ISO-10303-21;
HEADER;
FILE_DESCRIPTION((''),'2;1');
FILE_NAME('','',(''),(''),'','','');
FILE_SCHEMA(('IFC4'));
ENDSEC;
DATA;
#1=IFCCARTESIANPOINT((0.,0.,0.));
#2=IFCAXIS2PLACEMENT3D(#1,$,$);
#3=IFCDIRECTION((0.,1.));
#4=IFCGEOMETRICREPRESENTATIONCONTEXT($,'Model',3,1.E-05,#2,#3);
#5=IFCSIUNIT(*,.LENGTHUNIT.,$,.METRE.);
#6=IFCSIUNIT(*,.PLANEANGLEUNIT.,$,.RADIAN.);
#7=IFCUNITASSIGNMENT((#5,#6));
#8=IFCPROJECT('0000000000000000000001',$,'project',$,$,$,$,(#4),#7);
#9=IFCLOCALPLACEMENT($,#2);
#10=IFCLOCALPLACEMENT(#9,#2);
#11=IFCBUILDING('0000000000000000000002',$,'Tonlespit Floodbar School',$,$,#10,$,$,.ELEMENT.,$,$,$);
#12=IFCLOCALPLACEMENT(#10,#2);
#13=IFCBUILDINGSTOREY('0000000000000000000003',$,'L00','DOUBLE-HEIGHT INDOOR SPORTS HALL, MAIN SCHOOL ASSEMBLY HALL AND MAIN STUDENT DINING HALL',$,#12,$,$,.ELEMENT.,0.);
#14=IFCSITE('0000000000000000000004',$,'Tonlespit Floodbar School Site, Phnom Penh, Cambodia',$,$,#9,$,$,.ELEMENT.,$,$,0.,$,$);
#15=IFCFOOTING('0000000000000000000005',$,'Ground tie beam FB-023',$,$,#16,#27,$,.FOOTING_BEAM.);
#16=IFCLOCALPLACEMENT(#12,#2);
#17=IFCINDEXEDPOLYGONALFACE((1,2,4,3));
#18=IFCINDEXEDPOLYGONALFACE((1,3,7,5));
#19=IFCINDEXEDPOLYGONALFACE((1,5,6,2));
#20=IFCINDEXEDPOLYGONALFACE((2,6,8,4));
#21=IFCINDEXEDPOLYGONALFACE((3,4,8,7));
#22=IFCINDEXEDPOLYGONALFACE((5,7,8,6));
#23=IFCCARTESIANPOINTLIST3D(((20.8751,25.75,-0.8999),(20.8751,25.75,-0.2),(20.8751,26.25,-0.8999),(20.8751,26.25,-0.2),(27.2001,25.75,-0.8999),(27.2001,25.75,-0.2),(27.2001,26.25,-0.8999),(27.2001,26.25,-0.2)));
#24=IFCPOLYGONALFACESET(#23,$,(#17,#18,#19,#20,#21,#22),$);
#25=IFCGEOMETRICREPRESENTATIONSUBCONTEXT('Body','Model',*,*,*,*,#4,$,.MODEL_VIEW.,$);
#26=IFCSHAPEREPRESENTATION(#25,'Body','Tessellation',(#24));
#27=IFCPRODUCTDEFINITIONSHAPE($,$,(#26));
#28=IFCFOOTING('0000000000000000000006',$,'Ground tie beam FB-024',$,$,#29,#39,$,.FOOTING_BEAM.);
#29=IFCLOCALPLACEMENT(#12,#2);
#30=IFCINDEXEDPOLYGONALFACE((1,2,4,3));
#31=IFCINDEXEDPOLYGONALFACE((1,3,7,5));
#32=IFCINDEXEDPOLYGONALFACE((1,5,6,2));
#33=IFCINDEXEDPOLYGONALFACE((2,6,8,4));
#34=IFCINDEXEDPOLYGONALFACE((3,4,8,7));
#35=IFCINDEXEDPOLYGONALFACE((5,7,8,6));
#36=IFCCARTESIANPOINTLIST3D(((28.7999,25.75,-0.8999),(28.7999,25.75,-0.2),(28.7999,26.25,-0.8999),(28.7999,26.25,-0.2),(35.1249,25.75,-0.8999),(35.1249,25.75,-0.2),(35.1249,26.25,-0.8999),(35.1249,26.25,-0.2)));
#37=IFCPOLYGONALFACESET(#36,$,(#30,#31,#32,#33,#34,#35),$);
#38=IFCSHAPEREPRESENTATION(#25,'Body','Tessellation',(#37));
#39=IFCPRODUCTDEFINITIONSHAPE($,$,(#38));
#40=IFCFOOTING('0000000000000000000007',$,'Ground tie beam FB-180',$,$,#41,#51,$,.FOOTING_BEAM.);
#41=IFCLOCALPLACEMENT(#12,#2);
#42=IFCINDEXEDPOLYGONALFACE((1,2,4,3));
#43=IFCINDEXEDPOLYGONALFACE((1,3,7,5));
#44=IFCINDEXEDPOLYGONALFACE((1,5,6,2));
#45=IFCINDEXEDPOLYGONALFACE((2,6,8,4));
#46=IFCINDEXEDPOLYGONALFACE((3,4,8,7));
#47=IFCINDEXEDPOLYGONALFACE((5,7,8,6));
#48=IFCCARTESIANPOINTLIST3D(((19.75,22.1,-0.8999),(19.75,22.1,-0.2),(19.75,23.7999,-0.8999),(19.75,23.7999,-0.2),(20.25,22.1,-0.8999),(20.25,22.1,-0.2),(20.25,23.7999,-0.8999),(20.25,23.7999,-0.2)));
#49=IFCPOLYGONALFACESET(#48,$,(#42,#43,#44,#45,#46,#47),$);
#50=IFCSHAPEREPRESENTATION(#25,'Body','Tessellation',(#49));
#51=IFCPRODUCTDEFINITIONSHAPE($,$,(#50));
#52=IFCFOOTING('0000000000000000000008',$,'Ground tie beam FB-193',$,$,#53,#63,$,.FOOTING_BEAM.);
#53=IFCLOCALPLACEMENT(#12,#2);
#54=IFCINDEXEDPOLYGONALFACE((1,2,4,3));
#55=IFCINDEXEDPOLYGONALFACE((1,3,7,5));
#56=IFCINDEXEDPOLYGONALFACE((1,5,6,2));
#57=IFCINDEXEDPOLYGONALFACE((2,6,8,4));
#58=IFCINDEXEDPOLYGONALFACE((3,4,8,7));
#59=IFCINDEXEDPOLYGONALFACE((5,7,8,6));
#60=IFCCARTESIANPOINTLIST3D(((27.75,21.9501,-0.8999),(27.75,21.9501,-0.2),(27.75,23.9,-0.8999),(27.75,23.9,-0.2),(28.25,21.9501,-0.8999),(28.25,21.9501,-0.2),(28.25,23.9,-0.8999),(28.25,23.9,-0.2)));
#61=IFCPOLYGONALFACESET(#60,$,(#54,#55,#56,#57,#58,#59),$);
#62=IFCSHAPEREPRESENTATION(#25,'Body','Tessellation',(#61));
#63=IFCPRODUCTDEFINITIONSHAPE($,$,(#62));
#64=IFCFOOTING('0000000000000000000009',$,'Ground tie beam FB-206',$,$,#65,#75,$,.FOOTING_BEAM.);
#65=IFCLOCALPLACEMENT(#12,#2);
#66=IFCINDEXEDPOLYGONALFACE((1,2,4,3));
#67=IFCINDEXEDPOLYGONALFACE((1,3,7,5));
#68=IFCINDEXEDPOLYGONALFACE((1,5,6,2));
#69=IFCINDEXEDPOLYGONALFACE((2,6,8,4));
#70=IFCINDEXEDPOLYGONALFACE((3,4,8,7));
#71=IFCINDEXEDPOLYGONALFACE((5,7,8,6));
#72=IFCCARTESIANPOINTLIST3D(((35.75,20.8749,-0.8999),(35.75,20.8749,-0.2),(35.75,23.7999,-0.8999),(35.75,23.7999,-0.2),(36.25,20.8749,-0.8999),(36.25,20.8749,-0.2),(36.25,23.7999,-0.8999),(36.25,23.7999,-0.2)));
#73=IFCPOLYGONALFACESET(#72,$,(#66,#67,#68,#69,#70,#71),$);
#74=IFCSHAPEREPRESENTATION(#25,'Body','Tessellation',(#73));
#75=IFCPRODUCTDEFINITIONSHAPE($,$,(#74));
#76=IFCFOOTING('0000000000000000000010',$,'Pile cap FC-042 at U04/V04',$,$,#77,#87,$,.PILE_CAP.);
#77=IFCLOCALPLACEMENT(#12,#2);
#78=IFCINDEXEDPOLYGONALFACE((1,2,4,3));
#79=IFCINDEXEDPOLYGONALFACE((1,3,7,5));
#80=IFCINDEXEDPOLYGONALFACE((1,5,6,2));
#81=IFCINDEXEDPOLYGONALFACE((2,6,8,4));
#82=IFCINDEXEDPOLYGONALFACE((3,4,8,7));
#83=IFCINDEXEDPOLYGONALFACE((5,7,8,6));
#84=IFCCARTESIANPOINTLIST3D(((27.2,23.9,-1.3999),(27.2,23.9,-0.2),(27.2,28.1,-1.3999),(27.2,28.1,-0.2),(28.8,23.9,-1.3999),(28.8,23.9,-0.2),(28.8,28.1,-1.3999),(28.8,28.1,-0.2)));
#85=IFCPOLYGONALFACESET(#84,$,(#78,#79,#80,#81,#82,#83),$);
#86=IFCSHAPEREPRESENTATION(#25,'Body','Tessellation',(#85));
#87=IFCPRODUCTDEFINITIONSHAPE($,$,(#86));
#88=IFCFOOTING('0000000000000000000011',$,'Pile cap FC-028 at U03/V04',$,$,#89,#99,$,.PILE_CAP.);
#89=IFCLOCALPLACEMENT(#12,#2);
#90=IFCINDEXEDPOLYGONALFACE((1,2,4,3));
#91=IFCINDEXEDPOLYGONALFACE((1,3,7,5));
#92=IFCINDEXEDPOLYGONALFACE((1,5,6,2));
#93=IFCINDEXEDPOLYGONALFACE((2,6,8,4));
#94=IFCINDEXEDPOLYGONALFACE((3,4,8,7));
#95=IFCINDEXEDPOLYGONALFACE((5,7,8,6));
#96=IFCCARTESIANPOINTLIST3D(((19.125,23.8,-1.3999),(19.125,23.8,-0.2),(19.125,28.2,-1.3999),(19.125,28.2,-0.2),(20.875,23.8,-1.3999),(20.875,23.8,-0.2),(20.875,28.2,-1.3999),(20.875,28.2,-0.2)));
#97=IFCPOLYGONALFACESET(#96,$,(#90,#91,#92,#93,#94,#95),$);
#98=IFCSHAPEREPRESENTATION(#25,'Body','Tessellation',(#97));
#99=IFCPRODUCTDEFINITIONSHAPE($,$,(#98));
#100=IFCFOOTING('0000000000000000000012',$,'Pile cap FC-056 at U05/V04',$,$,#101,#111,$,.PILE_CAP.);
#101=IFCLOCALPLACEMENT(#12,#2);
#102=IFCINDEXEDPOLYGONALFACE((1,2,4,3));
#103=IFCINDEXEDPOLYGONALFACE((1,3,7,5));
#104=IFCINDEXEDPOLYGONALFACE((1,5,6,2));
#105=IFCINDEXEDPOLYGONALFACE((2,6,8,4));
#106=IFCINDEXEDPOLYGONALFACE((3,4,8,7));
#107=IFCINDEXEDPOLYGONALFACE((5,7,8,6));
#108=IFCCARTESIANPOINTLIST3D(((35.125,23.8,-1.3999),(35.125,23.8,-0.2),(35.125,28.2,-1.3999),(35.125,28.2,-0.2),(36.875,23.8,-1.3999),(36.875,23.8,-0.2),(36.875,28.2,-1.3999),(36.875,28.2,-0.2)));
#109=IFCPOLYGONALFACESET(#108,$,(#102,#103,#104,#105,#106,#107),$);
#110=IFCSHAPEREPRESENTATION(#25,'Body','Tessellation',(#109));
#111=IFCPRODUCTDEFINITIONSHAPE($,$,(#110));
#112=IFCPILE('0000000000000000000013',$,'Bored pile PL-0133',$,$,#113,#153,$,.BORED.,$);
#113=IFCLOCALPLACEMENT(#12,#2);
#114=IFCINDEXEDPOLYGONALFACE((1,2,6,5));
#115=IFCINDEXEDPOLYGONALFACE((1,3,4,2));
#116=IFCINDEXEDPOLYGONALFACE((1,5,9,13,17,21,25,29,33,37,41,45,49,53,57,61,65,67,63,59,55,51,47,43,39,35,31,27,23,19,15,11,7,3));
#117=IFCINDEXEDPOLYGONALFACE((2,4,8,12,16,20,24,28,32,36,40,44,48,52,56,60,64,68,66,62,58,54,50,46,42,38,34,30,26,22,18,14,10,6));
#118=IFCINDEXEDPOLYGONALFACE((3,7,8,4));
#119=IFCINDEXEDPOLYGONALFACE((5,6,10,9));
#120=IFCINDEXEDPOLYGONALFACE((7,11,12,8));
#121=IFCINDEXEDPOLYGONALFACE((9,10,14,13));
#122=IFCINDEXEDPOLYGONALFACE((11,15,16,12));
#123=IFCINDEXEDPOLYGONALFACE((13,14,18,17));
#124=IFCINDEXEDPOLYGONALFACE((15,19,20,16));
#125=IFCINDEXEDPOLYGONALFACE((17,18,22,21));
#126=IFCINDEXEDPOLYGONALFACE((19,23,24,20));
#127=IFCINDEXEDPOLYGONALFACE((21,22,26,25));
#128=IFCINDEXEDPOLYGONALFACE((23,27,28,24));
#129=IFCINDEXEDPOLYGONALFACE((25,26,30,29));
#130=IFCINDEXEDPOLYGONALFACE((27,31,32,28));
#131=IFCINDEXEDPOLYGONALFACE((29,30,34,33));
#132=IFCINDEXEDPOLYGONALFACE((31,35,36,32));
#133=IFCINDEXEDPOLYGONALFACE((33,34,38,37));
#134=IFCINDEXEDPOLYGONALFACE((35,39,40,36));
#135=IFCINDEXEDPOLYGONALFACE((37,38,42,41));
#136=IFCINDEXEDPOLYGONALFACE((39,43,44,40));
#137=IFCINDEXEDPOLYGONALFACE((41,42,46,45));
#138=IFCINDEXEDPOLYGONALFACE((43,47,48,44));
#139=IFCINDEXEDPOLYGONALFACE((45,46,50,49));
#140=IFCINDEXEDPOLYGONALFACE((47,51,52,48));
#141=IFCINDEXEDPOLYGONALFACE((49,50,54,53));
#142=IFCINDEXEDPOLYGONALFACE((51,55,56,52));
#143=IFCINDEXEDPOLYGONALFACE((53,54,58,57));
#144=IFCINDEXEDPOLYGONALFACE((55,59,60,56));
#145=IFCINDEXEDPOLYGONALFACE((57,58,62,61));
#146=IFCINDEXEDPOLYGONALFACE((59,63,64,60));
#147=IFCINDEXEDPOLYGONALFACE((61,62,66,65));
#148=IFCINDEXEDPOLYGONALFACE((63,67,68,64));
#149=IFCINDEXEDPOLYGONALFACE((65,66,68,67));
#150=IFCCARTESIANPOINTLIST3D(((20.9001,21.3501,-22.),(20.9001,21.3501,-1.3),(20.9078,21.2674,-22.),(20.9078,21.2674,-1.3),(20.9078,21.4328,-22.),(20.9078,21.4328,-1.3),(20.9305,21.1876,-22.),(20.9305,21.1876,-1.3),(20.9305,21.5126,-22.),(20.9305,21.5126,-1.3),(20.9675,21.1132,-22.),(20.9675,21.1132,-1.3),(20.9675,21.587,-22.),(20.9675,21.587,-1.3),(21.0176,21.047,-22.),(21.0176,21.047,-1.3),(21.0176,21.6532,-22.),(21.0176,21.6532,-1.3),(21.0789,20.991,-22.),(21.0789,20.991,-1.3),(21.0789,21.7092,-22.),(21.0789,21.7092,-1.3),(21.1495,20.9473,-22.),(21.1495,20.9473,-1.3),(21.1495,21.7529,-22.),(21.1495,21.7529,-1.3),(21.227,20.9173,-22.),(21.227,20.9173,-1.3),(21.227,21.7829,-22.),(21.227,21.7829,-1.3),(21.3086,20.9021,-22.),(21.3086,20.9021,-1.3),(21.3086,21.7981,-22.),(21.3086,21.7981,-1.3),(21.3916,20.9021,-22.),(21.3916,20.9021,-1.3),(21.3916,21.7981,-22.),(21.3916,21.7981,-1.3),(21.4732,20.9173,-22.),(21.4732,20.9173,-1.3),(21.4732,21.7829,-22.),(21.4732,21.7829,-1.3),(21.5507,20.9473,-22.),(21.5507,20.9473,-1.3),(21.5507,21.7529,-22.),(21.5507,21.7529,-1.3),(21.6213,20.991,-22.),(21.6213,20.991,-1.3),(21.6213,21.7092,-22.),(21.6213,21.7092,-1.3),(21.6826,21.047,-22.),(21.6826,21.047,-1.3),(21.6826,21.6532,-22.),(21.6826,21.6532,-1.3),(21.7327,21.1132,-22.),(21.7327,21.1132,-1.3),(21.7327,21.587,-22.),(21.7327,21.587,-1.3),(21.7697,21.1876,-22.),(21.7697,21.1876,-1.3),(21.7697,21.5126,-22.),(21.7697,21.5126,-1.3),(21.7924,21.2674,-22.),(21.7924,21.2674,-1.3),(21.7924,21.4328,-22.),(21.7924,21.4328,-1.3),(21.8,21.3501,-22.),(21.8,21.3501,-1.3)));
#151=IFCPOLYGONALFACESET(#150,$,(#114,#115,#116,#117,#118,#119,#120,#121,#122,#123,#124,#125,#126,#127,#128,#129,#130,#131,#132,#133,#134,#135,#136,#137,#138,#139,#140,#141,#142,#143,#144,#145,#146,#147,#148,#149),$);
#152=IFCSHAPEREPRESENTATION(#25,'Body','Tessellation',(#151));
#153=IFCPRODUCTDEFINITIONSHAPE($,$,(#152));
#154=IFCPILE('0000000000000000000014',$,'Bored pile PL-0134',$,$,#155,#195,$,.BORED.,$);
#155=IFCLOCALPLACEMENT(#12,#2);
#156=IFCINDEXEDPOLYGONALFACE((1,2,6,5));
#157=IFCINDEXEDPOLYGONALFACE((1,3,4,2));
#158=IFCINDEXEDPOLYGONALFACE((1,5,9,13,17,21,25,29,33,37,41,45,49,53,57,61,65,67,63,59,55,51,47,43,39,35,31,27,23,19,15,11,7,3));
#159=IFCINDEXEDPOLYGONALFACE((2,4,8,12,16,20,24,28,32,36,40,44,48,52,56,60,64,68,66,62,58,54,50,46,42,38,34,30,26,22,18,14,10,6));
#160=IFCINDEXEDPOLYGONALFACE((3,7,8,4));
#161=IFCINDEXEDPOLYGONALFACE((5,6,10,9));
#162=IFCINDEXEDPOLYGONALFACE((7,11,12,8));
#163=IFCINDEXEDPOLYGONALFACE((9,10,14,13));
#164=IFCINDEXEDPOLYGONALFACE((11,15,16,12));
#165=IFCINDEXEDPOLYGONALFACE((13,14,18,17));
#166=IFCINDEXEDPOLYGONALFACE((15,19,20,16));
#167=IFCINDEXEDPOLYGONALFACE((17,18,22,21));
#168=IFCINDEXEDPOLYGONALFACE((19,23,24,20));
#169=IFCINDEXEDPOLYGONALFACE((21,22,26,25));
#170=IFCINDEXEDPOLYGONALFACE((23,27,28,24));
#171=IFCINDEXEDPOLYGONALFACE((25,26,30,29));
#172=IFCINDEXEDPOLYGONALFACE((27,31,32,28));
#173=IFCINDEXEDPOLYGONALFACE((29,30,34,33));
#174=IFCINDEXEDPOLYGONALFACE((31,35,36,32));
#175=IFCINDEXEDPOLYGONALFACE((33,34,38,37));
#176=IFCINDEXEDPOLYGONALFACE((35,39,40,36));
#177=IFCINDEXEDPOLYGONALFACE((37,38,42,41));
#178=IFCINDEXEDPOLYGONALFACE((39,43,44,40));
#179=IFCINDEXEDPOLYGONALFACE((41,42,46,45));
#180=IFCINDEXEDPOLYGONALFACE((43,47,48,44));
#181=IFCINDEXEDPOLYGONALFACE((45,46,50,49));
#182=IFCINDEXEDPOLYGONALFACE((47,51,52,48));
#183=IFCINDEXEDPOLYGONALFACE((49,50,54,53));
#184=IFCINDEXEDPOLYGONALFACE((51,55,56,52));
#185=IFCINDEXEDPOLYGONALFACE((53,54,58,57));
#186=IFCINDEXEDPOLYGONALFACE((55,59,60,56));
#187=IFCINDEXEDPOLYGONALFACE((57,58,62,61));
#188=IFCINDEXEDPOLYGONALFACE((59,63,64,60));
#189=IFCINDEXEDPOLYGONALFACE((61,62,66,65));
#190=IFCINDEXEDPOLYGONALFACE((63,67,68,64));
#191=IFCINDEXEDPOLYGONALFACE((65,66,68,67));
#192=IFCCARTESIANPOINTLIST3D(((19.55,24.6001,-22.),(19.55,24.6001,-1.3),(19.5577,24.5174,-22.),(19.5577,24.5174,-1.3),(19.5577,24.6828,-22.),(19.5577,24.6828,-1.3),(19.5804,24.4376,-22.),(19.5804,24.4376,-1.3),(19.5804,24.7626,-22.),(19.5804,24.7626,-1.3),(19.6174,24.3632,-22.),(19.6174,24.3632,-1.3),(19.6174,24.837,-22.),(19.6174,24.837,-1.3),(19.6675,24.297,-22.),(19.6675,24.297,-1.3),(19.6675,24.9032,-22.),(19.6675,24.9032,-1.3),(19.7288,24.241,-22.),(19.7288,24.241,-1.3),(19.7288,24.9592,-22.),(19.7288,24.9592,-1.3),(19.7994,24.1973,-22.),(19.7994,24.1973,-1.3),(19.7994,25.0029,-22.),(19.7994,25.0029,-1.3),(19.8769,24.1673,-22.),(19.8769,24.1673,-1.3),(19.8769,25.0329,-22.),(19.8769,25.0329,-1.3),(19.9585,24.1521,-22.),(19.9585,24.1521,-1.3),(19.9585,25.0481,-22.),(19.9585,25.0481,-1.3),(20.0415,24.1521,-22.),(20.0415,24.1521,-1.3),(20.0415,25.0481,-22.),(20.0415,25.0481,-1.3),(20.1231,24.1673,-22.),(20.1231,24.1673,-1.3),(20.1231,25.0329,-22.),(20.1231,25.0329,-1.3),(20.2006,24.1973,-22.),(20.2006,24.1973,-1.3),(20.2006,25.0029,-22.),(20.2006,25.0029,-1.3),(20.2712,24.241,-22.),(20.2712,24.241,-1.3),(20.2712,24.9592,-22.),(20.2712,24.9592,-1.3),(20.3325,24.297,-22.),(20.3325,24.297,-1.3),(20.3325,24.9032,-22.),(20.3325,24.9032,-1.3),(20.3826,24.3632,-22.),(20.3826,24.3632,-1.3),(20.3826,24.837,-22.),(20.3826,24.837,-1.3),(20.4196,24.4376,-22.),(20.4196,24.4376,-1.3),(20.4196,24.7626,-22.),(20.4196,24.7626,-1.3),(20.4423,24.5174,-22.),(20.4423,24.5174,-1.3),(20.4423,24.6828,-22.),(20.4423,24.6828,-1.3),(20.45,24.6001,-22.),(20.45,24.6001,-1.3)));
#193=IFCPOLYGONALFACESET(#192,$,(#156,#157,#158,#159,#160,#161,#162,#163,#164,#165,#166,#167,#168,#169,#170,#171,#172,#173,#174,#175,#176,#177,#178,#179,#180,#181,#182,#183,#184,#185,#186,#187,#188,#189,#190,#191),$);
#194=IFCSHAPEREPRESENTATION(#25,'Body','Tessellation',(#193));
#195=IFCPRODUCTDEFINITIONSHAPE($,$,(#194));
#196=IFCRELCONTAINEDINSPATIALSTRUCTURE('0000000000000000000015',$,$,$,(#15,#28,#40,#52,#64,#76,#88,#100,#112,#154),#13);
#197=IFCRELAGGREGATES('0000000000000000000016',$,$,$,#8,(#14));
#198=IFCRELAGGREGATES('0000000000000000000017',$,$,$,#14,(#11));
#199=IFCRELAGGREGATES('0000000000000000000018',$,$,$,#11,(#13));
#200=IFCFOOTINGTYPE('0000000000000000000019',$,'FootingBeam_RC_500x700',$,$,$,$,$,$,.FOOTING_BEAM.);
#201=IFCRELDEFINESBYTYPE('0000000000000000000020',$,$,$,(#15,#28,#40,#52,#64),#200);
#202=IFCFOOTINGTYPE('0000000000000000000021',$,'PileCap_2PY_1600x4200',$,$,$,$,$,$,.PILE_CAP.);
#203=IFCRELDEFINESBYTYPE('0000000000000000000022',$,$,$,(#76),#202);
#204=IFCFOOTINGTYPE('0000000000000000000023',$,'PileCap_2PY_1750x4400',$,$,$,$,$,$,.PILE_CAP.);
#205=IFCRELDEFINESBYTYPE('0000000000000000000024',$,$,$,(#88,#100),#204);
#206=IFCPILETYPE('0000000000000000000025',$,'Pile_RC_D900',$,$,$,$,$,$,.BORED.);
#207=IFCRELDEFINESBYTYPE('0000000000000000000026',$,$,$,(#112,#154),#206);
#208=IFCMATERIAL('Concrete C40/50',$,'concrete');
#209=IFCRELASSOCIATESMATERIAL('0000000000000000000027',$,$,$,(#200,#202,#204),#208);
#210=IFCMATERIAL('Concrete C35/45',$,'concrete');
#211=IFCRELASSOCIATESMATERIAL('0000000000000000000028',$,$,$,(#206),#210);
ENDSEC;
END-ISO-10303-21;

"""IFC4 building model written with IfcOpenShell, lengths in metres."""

from ifc_helpers import new_model, si_unit, direction, frame, origin, origin_2d, place, context, subcontext, project, spatial, rectangle, circle, extrude, material, material_profile, profile_set, type_object, element, save


model = new_model("IFC4")

# Units and contexts
model_context = context("Model", 3, precision=1e-05, world=origin(), true_north=direction((0.0, 1.0)))
body_context = subcontext(model_context, "Body", "Model", "MODEL_VIEW")
ifc_project = project(units=[si_unit("LENGTHUNIT", "METRE"), si_unit("PLANEANGLEUNIT", "RADIAN")], contexts=[model_context])

# Site, building, storey
site_placement = place(None, origin())
site = spatial("IfcSite", under=ifc_project, at=site_placement, Name="Tonlespit Floodbar School Site, Phnom Penh, Cambodia", CompositionType="ELEMENT", RefElevation=0.0)
building_placement = place(site_placement, origin())
building = spatial("IfcBuilding", under=site, at=building_placement, Name="Tonlespit Floodbar School", CompositionType="ELEMENT")
storey_placement = place(building_placement, origin())
storey = spatial("IfcBuildingStorey", under=building, at=storey_placement, Name="L00", Description="DOUBLE-HEIGHT INDOOR SPORTS HALL, MAIN SCHOOL ASSEMBLY HALL AND MAIN STUDENT DINING HALL", CompositionType="ELEMENT", Elevation=0.0)

# Footings
ifc_material_1 = material(Name="Concrete C40/50", Category="concrete")
footing_type_1 = type_object("IfcFootingType", Name="FootingBeam_RC_500x700", PredefinedType="FOOTING_BEAM", material=ifc_material_1)
for number, where, z_axis, x_axis, name in (
    (1, (24.0376, 26.0, -0.8999), (0.0, 0.0, 1.0), (1.0, 0.0, 0.0), "Ground tie beam FB-023"),
    (2, (31.9624, 26.0, -0.8999), (0.0, 0.0, 1.0), (1.0, 0.0, 0.0), "Ground tie beam FB-024"),
):
    element("IfcFooting", number, at=place(storey_placement, frame(where, z_axis=z_axis, x_axis=x_axis)), inside=storey, type_object=footing_type_1, Name=name, PredefinedType="FOOTING_BEAM", context=body_context, shape_type="SweptSolid", body=[
        extrude(rectangle(XDim=6.325, YDim=0.5, at=origin_2d()), origin(), (0.0, 0.0, 1.0), 0.7),
    ])
footing_1_placement = place(storey_placement, frame((20.0, 22.95, -0.8999), z_axis=(0.0, 0.0, 1.0), x_axis=(0.0, 1.0, 0.0)))
element("IfcFooting", 3, at=footing_1_placement, inside=storey, type_object=footing_type_1, Name="Ground tie beam FB-180", PredefinedType="FOOTING_BEAM", context=body_context, shape_type="SweptSolid", body=[
    extrude(rectangle(XDim=1.7, YDim=0.5, at=origin_2d()), origin(), (0.0, 0.0, 1.0), 0.7),
])
footing_2_placement = place(storey_placement, frame((28.0, 22.925, -0.8999), z_axis=(0.0, 0.0, 1.0), x_axis=(0.0, 1.0, 0.0)))
element("IfcFooting", 4, at=footing_2_placement, inside=storey, type_object=footing_type_1, Name="Ground tie beam FB-193", PredefinedType="FOOTING_BEAM", context=body_context, shape_type="SweptSolid", body=[
    extrude(rectangle(XDim=1.95, YDim=0.5, at=origin_2d()), origin(), (0.0, 0.0, 1.0), 0.7),
])
footing_3_placement = place(storey_placement, frame((36.0, 22.3374, -0.8999), z_axis=(0.0, 0.0, 1.0), x_axis=(0.0, 1.0, 0.0)))
element("IfcFooting", 5, at=footing_3_placement, inside=storey, type_object=footing_type_1, Name="Ground tie beam FB-206", PredefinedType="FOOTING_BEAM", context=body_context, shape_type="SweptSolid", body=[
    extrude(rectangle(XDim=2.925, YDim=0.5, at=origin_2d()), origin(), (0.0, 0.0, 1.0), 0.7),
])
footing_type_2 = type_object("IfcFootingType", Name="PileCap_2PY_1600x4200", PredefinedType="PILE_CAP", material=ifc_material_1)
footing_4_placement = place(storey_placement, frame((28.0, 26.0, -1.3999), z_axis=(0.0, 0.0, 1.0), x_axis=(1.0, 0.0, 0.0)))
element("IfcFooting", 6, at=footing_4_placement, inside=storey, type_object=footing_type_2, Name="Pile cap FC-042 at U04/V04", PredefinedType="PILE_CAP", context=body_context, shape_type="SweptSolid", body=[
    extrude(rectangle(XDim=1.6001, YDim=4.2, at=origin_2d()), origin(), (0.0, 0.0, 1.0), 1.2),
])
footing_type_3 = type_object("IfcFootingType", Name="PileCap_2PY_1750x4400", PredefinedType="PILE_CAP", material=ifc_material_1)
for number, where, z_axis, x_axis, name in (
    (7, (20.0, 26.0, -1.3999), (0.0, 0.0, 1.0), (1.0, 0.0, 0.0), "Pile cap FC-028 at U03/V04"),
    (8, (36.0, 26.0, -1.3999), (0.0, 0.0, 1.0), (1.0, 0.0, 0.0), "Pile cap FC-056 at U05/V04"),
):
    element("IfcFooting", number, at=place(storey_placement, frame(where, z_axis=z_axis, x_axis=x_axis)), inside=storey, type_object=footing_type_3, Name=name, PredefinedType="PILE_CAP", context=body_context, shape_type="SweptSolid", body=[
        extrude(rectangle(XDim=1.75, YDim=4.3999, at=origin_2d()), origin(), (0.0, 0.0, 1.0), 1.2),
    ])

# Piles
ifc_material_2 = material(Name="Concrete C35/45", Category="concrete")
ifc_material_profile_1 = material_profile(ifc_material_2, circle(Radius=0.45, at=origin_2d()), Name="BP D900")
ifc_profile_set_1 = profile_set([ifc_material_profile_1], Name="Concrete C35/45")
pile_type = type_object("IfcPileType", Name="Pile_RC_D900", PredefinedType="BORED", material=ifc_profile_set_1)
for number, where, z_axis, x_axis, name in (
    (9, (21.3501, 21.3501, -1.3), (0.0, 0.0, -1.0), (1.0, 0.0, 0.0), "Bored pile PL-0133"),
    (10, (20.0, 24.6001, -1.3), (0.0, 0.0, -1.0), (1.0, 0.0, 0.0), "Bored pile PL-0134"),
):
    element("IfcPile", number, at=place(storey_placement, frame(where, z_axis=z_axis, x_axis=x_axis)), inside=storey, type_object=pile_type, Name=name, PredefinedType="BORED", context=body_context, shape_type="SweptSolid", body=[
        extrude(circle(Radius=0.45, at=origin_2d()), origin(), (0.0, 0.0, 1.0), 20.7),
    ])

save(model, "model.ifc")
